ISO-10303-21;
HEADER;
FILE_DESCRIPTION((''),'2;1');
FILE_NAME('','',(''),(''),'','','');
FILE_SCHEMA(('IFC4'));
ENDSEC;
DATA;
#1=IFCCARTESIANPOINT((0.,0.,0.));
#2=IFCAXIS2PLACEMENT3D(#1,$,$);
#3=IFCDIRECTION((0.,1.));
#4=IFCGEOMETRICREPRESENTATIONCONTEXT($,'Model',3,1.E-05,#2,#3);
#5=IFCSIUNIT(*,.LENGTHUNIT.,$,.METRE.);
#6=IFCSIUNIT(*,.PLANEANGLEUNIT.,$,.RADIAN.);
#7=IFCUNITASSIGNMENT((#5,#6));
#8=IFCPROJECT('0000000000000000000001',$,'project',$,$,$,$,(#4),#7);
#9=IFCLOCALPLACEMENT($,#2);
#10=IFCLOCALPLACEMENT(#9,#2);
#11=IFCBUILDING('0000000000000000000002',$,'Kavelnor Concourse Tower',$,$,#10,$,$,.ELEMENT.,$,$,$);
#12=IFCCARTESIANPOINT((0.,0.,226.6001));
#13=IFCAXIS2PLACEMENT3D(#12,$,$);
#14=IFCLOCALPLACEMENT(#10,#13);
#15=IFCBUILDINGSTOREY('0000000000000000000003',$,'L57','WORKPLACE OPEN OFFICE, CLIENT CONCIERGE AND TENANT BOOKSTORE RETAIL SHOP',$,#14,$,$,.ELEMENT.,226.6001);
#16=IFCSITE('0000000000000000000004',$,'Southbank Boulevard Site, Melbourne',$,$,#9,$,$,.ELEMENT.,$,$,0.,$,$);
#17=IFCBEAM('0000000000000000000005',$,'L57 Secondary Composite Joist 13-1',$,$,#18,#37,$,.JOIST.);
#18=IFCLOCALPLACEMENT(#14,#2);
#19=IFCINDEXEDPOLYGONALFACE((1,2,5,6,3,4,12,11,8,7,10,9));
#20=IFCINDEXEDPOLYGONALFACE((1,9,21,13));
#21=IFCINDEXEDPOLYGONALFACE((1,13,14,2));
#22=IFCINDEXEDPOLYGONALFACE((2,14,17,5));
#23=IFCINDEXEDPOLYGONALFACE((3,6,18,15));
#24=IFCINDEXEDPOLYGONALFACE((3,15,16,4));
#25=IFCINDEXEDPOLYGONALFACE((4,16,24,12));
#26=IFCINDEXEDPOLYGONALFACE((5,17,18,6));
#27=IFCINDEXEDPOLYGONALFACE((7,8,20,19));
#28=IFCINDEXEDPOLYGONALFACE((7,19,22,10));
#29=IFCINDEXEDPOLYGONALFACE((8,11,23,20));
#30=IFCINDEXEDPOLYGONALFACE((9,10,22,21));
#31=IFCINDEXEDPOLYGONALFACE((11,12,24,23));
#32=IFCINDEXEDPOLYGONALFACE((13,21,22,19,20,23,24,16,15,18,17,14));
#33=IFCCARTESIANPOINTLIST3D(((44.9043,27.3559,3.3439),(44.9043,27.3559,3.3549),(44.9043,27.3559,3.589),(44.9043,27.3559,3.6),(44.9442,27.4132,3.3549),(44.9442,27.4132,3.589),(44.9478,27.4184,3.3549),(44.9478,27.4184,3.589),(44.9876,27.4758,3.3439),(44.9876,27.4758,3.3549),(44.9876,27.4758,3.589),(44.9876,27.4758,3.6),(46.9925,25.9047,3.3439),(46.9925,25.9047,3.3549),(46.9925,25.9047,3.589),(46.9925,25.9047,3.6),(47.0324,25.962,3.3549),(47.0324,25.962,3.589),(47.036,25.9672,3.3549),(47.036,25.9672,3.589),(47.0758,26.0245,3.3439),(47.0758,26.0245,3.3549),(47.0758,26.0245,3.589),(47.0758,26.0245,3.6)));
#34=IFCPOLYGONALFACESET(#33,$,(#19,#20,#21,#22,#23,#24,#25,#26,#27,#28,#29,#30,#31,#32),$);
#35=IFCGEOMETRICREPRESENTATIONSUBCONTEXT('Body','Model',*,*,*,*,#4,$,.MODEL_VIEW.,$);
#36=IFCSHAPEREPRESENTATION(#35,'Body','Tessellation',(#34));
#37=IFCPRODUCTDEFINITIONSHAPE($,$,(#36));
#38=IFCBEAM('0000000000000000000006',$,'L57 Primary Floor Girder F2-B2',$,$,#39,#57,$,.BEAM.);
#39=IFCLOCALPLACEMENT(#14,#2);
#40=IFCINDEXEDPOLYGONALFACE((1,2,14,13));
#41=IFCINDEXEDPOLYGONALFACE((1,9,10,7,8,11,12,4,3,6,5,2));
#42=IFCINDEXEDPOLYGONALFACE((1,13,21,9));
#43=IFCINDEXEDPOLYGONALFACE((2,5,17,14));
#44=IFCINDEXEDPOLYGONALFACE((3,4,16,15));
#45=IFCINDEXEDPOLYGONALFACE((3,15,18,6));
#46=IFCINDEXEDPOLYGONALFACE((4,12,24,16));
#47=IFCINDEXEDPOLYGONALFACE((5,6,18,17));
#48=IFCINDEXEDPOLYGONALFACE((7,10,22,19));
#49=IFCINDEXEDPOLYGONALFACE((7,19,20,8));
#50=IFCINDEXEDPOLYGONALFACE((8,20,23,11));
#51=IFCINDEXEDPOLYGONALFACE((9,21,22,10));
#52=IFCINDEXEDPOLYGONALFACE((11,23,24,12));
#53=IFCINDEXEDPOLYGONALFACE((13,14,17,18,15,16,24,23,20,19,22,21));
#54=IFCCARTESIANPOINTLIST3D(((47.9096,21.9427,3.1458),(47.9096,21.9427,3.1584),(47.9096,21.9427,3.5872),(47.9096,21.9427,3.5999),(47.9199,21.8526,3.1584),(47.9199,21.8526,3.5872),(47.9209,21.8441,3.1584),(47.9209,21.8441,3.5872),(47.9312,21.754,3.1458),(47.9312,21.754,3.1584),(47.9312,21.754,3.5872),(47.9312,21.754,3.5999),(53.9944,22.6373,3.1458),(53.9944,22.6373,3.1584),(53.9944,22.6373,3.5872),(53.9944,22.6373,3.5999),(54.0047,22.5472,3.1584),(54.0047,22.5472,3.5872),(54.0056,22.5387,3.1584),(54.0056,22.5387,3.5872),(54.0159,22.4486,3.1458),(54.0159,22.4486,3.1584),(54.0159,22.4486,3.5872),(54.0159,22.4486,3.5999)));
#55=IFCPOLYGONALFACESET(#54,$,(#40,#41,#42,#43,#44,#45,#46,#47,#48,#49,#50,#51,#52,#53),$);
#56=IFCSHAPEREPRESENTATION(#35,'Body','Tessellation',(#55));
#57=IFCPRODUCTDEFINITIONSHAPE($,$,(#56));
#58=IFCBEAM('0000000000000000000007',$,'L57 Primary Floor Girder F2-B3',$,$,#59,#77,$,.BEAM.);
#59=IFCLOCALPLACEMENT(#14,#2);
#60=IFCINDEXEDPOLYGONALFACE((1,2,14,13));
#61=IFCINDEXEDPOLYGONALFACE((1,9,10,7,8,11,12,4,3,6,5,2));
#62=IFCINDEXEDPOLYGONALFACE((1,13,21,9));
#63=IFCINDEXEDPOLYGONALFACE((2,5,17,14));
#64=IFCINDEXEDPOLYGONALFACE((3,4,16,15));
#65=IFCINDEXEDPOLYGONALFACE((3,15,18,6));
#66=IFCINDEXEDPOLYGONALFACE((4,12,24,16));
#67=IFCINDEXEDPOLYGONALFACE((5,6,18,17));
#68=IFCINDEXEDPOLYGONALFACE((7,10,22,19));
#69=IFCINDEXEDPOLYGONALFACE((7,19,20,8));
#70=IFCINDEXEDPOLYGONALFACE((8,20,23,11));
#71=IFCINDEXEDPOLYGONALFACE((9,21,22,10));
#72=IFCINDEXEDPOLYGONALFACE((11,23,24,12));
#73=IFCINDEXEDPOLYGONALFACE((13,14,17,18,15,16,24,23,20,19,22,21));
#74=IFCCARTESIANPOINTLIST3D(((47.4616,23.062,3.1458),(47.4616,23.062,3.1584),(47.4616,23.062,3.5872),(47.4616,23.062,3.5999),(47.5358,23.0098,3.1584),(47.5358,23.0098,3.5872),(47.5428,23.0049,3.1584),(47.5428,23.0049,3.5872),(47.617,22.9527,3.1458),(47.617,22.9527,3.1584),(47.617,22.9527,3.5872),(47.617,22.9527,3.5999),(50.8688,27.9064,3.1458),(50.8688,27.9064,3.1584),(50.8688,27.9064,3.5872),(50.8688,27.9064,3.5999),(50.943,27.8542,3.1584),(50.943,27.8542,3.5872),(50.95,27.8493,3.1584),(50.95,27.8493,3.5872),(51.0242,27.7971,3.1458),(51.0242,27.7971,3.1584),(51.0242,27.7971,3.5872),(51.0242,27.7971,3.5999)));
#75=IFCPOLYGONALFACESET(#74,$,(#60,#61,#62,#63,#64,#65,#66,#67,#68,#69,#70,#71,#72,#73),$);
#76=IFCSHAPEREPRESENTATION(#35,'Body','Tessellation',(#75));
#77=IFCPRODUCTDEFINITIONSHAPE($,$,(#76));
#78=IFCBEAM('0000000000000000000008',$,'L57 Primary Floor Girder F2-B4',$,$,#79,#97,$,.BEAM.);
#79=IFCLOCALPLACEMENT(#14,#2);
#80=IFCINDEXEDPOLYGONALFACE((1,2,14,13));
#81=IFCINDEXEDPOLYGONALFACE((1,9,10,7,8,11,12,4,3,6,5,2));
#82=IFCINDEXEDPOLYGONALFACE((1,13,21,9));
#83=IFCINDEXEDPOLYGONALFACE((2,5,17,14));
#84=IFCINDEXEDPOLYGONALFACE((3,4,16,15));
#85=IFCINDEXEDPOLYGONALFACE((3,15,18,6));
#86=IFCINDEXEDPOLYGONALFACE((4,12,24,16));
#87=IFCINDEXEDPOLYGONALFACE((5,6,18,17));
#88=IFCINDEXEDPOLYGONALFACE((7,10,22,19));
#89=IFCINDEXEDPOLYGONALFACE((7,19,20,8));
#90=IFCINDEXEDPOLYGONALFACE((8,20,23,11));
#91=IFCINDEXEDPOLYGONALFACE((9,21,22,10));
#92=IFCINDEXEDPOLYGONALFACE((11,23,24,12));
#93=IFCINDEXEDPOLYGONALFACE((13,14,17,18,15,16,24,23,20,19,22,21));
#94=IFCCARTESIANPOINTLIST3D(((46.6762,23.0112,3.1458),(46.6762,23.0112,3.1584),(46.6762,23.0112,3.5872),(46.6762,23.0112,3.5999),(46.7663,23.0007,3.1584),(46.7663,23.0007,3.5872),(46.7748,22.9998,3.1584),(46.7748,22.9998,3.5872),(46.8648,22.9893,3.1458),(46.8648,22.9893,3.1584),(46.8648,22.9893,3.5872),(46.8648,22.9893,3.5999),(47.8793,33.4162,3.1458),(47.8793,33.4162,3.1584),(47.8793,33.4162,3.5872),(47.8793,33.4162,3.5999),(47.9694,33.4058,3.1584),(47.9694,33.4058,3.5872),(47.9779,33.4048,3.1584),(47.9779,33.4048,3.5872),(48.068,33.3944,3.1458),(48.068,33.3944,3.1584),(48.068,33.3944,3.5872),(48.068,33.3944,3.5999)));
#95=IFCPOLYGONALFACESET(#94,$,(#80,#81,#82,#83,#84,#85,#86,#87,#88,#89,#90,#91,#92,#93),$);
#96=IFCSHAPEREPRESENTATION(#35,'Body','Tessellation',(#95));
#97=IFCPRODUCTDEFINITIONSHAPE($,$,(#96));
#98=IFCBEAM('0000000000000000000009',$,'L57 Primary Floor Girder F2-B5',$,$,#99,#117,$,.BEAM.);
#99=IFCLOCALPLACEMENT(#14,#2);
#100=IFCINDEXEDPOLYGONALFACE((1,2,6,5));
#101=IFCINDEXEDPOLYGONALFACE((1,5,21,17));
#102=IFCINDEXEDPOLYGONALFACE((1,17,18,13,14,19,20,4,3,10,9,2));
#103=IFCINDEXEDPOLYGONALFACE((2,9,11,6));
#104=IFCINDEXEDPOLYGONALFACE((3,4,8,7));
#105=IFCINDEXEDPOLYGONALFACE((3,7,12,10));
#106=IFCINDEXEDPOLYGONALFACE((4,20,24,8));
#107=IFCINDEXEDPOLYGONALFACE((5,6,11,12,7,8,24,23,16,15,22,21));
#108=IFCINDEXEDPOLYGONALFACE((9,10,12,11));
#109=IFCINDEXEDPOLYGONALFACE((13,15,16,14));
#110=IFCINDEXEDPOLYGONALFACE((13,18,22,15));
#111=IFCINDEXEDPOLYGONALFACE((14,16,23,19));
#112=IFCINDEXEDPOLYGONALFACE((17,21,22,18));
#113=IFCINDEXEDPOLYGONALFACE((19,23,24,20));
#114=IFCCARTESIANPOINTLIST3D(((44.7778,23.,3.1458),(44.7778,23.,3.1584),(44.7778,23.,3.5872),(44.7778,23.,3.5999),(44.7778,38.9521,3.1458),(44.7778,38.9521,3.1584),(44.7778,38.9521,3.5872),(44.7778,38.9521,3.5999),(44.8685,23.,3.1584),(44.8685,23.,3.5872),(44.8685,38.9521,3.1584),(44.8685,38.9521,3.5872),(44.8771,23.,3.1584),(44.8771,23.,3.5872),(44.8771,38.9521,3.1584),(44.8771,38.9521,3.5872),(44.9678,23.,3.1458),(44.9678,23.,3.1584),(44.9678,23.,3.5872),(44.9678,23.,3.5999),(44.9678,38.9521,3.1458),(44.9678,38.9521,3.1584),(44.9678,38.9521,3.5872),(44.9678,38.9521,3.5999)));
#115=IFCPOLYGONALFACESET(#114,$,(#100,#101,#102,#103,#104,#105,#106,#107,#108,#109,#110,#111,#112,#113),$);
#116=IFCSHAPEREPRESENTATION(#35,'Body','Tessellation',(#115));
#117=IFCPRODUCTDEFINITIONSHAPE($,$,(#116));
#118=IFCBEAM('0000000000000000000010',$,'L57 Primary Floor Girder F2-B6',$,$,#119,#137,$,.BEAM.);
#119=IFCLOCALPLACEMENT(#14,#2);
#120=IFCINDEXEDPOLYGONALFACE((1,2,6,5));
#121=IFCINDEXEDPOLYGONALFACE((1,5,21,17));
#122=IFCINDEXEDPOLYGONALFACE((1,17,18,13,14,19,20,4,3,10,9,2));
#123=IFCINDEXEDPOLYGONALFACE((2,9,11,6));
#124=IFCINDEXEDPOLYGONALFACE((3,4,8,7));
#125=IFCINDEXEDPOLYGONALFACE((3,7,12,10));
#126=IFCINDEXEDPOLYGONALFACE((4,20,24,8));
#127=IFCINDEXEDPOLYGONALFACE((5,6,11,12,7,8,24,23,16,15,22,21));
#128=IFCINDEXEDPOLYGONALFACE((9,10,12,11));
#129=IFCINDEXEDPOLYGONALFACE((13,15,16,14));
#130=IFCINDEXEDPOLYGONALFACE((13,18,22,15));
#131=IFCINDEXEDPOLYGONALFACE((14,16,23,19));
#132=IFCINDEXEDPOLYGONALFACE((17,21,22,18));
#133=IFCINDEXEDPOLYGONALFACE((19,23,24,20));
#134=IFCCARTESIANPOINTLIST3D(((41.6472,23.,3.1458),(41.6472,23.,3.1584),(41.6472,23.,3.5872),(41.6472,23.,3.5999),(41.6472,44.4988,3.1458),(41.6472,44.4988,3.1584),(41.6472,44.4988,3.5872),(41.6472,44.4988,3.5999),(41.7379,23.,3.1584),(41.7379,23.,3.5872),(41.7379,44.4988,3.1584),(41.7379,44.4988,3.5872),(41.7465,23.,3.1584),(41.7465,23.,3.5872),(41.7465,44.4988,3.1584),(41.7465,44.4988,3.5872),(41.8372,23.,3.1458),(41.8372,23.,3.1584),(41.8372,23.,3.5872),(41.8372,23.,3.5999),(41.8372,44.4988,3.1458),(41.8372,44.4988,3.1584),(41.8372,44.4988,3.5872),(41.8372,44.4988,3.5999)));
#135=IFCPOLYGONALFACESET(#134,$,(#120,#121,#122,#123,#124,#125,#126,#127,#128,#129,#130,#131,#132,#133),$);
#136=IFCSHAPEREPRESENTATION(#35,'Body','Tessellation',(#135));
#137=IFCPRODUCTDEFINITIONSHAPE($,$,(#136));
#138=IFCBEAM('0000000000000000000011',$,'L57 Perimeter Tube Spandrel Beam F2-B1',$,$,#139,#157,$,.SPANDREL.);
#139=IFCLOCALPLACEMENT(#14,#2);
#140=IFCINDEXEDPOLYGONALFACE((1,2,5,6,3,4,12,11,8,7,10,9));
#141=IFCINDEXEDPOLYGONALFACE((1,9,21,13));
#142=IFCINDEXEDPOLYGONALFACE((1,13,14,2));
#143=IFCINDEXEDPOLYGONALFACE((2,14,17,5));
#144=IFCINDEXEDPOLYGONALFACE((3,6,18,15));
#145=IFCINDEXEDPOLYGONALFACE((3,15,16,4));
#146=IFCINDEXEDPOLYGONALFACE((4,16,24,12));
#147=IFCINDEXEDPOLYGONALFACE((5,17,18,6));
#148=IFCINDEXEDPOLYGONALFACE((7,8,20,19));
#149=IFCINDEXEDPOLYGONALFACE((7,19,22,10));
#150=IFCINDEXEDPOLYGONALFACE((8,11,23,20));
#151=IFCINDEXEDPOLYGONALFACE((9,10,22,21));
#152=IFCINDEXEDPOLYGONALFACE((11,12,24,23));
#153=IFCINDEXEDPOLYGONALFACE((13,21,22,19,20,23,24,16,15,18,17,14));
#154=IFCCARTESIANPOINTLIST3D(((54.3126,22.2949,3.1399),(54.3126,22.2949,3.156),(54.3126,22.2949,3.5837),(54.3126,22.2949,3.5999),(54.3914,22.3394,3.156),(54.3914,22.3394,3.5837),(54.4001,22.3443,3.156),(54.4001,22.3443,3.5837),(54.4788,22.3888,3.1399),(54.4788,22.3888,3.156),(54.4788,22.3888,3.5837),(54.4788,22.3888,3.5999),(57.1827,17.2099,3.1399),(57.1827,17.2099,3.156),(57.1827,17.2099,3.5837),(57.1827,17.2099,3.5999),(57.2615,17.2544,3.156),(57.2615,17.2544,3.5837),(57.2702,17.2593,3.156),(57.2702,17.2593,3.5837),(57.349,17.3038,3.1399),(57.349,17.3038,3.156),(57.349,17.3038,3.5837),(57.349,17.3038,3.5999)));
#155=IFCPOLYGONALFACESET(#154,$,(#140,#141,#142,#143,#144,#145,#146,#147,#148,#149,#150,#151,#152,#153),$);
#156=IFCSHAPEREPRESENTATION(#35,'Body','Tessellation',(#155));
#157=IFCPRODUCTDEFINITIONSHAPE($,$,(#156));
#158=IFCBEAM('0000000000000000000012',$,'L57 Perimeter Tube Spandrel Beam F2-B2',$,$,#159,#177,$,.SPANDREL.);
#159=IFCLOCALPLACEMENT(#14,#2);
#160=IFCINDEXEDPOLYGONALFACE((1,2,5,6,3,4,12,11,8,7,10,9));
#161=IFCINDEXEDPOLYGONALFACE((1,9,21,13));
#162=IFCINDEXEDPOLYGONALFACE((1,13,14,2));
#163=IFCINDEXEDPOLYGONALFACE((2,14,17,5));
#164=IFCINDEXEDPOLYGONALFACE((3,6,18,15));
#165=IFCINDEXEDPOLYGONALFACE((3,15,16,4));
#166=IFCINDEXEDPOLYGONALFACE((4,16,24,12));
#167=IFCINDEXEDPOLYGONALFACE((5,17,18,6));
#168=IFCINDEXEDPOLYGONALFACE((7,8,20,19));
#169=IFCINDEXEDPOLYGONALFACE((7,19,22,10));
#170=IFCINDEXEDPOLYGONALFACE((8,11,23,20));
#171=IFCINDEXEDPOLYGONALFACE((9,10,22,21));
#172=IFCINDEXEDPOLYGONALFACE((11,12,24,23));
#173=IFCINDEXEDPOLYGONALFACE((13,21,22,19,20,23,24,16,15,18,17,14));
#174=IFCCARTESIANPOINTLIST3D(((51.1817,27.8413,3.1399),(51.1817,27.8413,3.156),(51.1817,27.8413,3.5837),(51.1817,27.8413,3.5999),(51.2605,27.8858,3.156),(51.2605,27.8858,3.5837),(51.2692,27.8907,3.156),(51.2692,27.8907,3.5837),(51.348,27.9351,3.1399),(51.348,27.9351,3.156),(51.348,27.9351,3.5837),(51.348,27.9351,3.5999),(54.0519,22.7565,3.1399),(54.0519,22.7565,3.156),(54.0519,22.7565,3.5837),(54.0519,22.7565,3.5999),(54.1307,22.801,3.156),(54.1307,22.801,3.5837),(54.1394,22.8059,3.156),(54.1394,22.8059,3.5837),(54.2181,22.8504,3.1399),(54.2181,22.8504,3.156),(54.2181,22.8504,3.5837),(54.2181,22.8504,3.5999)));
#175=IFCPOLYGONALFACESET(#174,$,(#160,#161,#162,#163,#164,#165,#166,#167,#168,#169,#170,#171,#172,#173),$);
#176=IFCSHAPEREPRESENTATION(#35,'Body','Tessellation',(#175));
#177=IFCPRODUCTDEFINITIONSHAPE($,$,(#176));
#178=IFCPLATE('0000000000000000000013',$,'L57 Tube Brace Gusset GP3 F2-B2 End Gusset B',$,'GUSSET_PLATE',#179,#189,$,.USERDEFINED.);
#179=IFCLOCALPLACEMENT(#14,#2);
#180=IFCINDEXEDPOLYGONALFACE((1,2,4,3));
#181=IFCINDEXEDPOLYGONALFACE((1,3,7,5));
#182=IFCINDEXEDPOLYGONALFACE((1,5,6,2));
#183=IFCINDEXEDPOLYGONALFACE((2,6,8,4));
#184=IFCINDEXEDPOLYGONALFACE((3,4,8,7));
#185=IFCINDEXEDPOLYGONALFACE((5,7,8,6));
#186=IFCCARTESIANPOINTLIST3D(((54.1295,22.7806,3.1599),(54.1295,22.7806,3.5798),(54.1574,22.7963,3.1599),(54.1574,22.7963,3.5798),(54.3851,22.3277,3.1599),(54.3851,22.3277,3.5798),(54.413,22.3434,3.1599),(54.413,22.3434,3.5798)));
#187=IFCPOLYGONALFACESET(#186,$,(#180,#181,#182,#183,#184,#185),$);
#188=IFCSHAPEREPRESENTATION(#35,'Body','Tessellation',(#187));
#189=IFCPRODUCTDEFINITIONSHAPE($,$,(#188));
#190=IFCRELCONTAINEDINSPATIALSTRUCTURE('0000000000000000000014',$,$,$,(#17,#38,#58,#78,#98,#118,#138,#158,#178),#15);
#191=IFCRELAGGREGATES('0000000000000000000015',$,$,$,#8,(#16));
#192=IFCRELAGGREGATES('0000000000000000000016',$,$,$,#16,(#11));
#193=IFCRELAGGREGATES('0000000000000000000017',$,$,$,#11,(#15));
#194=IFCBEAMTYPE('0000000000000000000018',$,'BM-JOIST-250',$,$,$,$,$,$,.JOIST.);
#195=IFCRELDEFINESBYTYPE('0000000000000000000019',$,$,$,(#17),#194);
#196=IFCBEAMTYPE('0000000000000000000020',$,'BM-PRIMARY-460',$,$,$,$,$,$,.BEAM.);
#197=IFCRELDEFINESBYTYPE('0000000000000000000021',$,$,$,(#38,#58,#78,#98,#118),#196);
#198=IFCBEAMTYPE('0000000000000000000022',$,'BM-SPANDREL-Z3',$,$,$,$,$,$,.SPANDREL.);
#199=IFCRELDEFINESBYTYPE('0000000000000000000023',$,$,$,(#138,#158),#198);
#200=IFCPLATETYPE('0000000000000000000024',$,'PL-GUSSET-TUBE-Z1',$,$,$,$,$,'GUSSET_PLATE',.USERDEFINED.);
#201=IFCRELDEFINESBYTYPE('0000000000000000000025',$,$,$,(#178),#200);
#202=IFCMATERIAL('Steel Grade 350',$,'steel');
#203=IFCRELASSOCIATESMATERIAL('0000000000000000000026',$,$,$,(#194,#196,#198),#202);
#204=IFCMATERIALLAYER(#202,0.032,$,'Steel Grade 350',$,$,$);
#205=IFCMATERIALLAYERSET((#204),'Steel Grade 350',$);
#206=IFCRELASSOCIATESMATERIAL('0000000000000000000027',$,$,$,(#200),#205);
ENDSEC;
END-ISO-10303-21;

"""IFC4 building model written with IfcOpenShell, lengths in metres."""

from ifc_helpers import new_model, si_unit, direction, frame, origin, origin_2d, place, context, subcontext, project, spatial, rectangle, i_section, extrude, material, layer, layer_set, material_profile, profile_set, type_object, element, save


model = new_model("IFC4")

# Units and contexts
model_context = context("Model", 3, precision=1e-05, world=origin(), true_north=direction((0.0, 1.0)))
body_context = subcontext(model_context, "Body", "Model", "MODEL_VIEW")
ifc_project = project(units=[si_unit("LENGTHUNIT", "METRE"), si_unit("PLANEANGLEUNIT", "RADIAN")], contexts=[model_context])

# Site, building, storey
site_placement = place(None, origin())
site = spatial("IfcSite", under=ifc_project, at=site_placement, Name="Southbank Boulevard Site, Melbourne", CompositionType="ELEMENT", RefElevation=0.0)
building_placement = place(site_placement, origin())
building = spatial("IfcBuilding", under=site, at=building_placement, Name="Kavelnor Concourse Tower", CompositionType="ELEMENT")
storey_placement = place(building_placement, frame((0.0, 0.0, 226.6001)))
storey = spatial("IfcBuildingStorey", under=building, at=storey_placement, Name="L57", Description="WORKPLACE OPEN OFFICE, CLIENT CONCIERGE AND TENANT BOOKSTORE RETAIL SHOP", CompositionType="ELEMENT", Elevation=226.6001)

# Shared definitions
ifc_material_1 = material(Name="Steel Grade 350", Category="steel")

# Beams
ifc_material_profile_1 = material_profile(ifc_material_1, i_section(OverallWidth=0.146, OverallDepth=0.2561, WebThickness=0.0063, FlangeThickness=0.011, at=origin_2d()), Name="250UB37")
ifc_profile_set_1 = profile_set([ifc_material_profile_1], Name="Steel Grade 350")
beam_type_1 = type_object("IfcBeamType", Name="BM-JOIST-250", PredefinedType="JOIST", material=ifc_profile_set_1)
beam_1_placement = place(storey_placement, frame((47.0342, 25.9646, 3.4719), z_axis=(-0.821171, 0.570682, 0.0), x_axis=(-0.570682, -0.821171, 0.0)))
element("IfcBeam", 1, at=beam_1_placement, inside=storey, type_object=beam_type_1, Name="L57 Secondary Composite Joist 13-1", PredefinedType="JOIST", context=body_context, shape_type="SweptSolid", body=[
    extrude(i_section(OverallWidth=0.146, OverallDepth=0.2561, WebThickness=0.0063, FlangeThickness=0.011, at=origin_2d()), origin(), (0.0, 0.0, 1.0), 2.543),
])
ifc_material_profile_2 = material_profile(ifc_material_1, i_section(OverallWidth=0.1899, OverallDepth=0.4541, WebThickness=0.0085, FlangeThickness=0.0127, at=origin_2d()), Name="460UB67")
ifc_profile_set_2 = profile_set([ifc_material_profile_2], Name="Steel Grade 350")
beam_type_2 = type_object("IfcBeamType", Name="BM-PRIMARY-460", PredefinedType="BEAM", material=ifc_profile_set_2)
beam_2_placement = place(storey_placement, frame((47.9204, 21.8484, 3.3728), z_axis=(0.993548, 0.113415, 0.0), x_axis=(-0.113415, 0.993548, 0.0)))
element("IfcBeam", 2, at=beam_2_placement, inside=storey, type_object=beam_type_2, Name="L57 Primary Floor Girder F2-B2", PredefinedType="BEAM", context=body_context, shape_type="SweptSolid", body=[
    extrude(i_section(OverallWidth=0.1899, OverallDepth=0.4541, WebThickness=0.0085, FlangeThickness=0.0127, at=origin_2d()), origin(), (0.0, 0.0, 1.0), 6.1243),
])
beam_3_placement = place(storey_placement, frame((47.5393, 23.0073, 3.3728), z_axis=(0.575284, 0.817954, 0.0), x_axis=(-0.817954, 0.575284, 0.0)))
element("IfcBeam", 3, at=beam_3_placement, inside=storey, type_object=beam_type_2, Name="L57 Primary Floor Girder F2-B3", PredefinedType="BEAM", context=body_context, shape_type="SweptSolid", body=[
    extrude(i_section(OverallWidth=0.1899, OverallDepth=0.4541, WebThickness=0.0085, FlangeThickness=0.0127, at=origin_2d()), origin(), (0.0, 0.0, 1.0), 5.9226),
])
beam_4_placement = place(storey_placement, frame((46.7705, 23.0002, 3.3728), z_axis=(0.114864, 0.993381, 0.0), x_axis=(-0.993381, 0.114864, 0.0)))
element("IfcBeam", 4, at=beam_4_placement, inside=storey, type_object=beam_type_2, Name="L57 Primary Floor Girder F2-B4", PredefinedType="BEAM", context=body_context, shape_type="SweptSolid", body=[
    extrude(i_section(OverallWidth=0.1899, OverallDepth=0.4541, WebThickness=0.0085, FlangeThickness=0.0127, at=origin_2d()), origin(), (0.0, 0.0, 1.0), 10.4744),
])
beam_5_placement = place(storey_placement, frame((44.8728, 23.0, 3.3728), z_axis=(0.0, 1.0, 0.0), x_axis=(-1.0, 0.0, 0.0)))
element("IfcBeam", 5, at=beam_5_placement, inside=storey, type_object=beam_type_2, Name="L57 Primary Floor Girder F2-B5", PredefinedType="BEAM", context=body_context, shape_type="SweptSolid", body=[
    extrude(i_section(OverallWidth=0.1899, OverallDepth=0.4541, WebThickness=0.0085, FlangeThickness=0.0127, at=origin_2d()), origin(), (0.0, 0.0, 1.0), 15.9521),
])
beam_6_placement = place(storey_placement, frame((41.7422, 23.0, 3.3728), z_axis=(0.0, 1.0, 0.0), x_axis=(-1.0, 0.0, 0.0)))
element("IfcBeam", 6, at=beam_6_placement, inside=storey, type_object=beam_type_2, Name="L57 Primary Floor Girder F2-B6", PredefinedType="BEAM", context=body_context, shape_type="SweptSolid", body=[
    extrude(i_section(OverallWidth=0.1899, OverallDepth=0.4541, WebThickness=0.0085, FlangeThickness=0.0127, at=origin_2d()), origin(), (0.0, 0.0, 1.0), 21.4988),
])
ifc_material_profile_3 = material_profile(ifc_material_1, i_section(OverallWidth=0.1909, OverallDepth=0.46, WebThickness=0.01, FlangeThickness=0.0161, at=origin_2d()), Name="460UB82")
ifc_profile_set_3 = profile_set([ifc_material_profile_3], Name="Steel Grade 350")
beam_type_3 = type_object("IfcBeamType", Name="BM-SPANDREL-Z3", PredefinedType="SPANDREL", material=ifc_profile_set_3)
beam_7_placement = place(storey_placement, frame((57.2659, 17.2568, 3.3699), z_axis=(-0.491539, 0.870855, 0.0), x_axis=(-0.870855, -0.491539, 0.0)))
element("IfcBeam", 7, at=beam_7_placement, inside=storey, type_object=beam_type_3, Name="L57 Perimeter Tube Spandrel Beam F2-B1", PredefinedType="SPANDREL", context=body_context, shape_type="SweptSolid", body=[
    extrude(i_section(OverallWidth=0.1909, OverallDepth=0.46, WebThickness=0.01, FlangeThickness=0.0161, at=origin_2d()), origin(), (0.0, 0.0, 1.0), 5.8391),
])
beam_8_placement = place(storey_placement, frame((54.135, 22.8035, 3.3699), z_axis=(-0.491557, 0.870845, 0.0), x_axis=(-0.870845, -0.491557, 0.0)))
element("IfcBeam", 8, at=beam_8_placement, inside=storey, type_object=beam_type_3, Name="L57 Perimeter Tube Spandrel Beam F2-B2", PredefinedType="SPANDREL", context=body_context, shape_type="SweptSolid", body=[
    extrude(i_section(OverallWidth=0.1909, OverallDepth=0.46, WebThickness=0.01, FlangeThickness=0.0161, at=origin_2d()), origin(), (0.0, 0.0, 1.0), 5.8389),
])

# Plate
ifc_layer_1 = layer(ifc_material_1, 0.032, Name="Steel Grade 350")
ifc_layer_set_1 = layer_set([ifc_layer_1], Name="Steel Grade 350")
plate_type_1 = type_object("IfcPlateType", Name="PL-GUSSET-TUBE-Z1", ElementType="GUSSET_PLATE", PredefinedType="USERDEFINED", material=ifc_layer_set_1)
plate_1_placement = place(storey_placement, frame((54.2712, 22.562, 3.1599), z_axis=(0.0, 0.0, 1.0), x_axis=(0.491512, -0.870871, 0.0)))
element("IfcPlate", 9, at=plate_1_placement, inside=storey, type_object=plate_type_1, Name="L57 Tube Brace Gusset GP3 F2-B2 End Gusset B", ObjectType="GUSSET_PLATE", PredefinedType="USERDEFINED", context=body_context, shape_type="SweptSolid", body=[
    extrude(rectangle(XDim=0.52, YDim=0.032, at=origin_2d()), origin(), (0.0, 0.0, 1.0), 0.4199),
])

save(model, "model.ifc")
